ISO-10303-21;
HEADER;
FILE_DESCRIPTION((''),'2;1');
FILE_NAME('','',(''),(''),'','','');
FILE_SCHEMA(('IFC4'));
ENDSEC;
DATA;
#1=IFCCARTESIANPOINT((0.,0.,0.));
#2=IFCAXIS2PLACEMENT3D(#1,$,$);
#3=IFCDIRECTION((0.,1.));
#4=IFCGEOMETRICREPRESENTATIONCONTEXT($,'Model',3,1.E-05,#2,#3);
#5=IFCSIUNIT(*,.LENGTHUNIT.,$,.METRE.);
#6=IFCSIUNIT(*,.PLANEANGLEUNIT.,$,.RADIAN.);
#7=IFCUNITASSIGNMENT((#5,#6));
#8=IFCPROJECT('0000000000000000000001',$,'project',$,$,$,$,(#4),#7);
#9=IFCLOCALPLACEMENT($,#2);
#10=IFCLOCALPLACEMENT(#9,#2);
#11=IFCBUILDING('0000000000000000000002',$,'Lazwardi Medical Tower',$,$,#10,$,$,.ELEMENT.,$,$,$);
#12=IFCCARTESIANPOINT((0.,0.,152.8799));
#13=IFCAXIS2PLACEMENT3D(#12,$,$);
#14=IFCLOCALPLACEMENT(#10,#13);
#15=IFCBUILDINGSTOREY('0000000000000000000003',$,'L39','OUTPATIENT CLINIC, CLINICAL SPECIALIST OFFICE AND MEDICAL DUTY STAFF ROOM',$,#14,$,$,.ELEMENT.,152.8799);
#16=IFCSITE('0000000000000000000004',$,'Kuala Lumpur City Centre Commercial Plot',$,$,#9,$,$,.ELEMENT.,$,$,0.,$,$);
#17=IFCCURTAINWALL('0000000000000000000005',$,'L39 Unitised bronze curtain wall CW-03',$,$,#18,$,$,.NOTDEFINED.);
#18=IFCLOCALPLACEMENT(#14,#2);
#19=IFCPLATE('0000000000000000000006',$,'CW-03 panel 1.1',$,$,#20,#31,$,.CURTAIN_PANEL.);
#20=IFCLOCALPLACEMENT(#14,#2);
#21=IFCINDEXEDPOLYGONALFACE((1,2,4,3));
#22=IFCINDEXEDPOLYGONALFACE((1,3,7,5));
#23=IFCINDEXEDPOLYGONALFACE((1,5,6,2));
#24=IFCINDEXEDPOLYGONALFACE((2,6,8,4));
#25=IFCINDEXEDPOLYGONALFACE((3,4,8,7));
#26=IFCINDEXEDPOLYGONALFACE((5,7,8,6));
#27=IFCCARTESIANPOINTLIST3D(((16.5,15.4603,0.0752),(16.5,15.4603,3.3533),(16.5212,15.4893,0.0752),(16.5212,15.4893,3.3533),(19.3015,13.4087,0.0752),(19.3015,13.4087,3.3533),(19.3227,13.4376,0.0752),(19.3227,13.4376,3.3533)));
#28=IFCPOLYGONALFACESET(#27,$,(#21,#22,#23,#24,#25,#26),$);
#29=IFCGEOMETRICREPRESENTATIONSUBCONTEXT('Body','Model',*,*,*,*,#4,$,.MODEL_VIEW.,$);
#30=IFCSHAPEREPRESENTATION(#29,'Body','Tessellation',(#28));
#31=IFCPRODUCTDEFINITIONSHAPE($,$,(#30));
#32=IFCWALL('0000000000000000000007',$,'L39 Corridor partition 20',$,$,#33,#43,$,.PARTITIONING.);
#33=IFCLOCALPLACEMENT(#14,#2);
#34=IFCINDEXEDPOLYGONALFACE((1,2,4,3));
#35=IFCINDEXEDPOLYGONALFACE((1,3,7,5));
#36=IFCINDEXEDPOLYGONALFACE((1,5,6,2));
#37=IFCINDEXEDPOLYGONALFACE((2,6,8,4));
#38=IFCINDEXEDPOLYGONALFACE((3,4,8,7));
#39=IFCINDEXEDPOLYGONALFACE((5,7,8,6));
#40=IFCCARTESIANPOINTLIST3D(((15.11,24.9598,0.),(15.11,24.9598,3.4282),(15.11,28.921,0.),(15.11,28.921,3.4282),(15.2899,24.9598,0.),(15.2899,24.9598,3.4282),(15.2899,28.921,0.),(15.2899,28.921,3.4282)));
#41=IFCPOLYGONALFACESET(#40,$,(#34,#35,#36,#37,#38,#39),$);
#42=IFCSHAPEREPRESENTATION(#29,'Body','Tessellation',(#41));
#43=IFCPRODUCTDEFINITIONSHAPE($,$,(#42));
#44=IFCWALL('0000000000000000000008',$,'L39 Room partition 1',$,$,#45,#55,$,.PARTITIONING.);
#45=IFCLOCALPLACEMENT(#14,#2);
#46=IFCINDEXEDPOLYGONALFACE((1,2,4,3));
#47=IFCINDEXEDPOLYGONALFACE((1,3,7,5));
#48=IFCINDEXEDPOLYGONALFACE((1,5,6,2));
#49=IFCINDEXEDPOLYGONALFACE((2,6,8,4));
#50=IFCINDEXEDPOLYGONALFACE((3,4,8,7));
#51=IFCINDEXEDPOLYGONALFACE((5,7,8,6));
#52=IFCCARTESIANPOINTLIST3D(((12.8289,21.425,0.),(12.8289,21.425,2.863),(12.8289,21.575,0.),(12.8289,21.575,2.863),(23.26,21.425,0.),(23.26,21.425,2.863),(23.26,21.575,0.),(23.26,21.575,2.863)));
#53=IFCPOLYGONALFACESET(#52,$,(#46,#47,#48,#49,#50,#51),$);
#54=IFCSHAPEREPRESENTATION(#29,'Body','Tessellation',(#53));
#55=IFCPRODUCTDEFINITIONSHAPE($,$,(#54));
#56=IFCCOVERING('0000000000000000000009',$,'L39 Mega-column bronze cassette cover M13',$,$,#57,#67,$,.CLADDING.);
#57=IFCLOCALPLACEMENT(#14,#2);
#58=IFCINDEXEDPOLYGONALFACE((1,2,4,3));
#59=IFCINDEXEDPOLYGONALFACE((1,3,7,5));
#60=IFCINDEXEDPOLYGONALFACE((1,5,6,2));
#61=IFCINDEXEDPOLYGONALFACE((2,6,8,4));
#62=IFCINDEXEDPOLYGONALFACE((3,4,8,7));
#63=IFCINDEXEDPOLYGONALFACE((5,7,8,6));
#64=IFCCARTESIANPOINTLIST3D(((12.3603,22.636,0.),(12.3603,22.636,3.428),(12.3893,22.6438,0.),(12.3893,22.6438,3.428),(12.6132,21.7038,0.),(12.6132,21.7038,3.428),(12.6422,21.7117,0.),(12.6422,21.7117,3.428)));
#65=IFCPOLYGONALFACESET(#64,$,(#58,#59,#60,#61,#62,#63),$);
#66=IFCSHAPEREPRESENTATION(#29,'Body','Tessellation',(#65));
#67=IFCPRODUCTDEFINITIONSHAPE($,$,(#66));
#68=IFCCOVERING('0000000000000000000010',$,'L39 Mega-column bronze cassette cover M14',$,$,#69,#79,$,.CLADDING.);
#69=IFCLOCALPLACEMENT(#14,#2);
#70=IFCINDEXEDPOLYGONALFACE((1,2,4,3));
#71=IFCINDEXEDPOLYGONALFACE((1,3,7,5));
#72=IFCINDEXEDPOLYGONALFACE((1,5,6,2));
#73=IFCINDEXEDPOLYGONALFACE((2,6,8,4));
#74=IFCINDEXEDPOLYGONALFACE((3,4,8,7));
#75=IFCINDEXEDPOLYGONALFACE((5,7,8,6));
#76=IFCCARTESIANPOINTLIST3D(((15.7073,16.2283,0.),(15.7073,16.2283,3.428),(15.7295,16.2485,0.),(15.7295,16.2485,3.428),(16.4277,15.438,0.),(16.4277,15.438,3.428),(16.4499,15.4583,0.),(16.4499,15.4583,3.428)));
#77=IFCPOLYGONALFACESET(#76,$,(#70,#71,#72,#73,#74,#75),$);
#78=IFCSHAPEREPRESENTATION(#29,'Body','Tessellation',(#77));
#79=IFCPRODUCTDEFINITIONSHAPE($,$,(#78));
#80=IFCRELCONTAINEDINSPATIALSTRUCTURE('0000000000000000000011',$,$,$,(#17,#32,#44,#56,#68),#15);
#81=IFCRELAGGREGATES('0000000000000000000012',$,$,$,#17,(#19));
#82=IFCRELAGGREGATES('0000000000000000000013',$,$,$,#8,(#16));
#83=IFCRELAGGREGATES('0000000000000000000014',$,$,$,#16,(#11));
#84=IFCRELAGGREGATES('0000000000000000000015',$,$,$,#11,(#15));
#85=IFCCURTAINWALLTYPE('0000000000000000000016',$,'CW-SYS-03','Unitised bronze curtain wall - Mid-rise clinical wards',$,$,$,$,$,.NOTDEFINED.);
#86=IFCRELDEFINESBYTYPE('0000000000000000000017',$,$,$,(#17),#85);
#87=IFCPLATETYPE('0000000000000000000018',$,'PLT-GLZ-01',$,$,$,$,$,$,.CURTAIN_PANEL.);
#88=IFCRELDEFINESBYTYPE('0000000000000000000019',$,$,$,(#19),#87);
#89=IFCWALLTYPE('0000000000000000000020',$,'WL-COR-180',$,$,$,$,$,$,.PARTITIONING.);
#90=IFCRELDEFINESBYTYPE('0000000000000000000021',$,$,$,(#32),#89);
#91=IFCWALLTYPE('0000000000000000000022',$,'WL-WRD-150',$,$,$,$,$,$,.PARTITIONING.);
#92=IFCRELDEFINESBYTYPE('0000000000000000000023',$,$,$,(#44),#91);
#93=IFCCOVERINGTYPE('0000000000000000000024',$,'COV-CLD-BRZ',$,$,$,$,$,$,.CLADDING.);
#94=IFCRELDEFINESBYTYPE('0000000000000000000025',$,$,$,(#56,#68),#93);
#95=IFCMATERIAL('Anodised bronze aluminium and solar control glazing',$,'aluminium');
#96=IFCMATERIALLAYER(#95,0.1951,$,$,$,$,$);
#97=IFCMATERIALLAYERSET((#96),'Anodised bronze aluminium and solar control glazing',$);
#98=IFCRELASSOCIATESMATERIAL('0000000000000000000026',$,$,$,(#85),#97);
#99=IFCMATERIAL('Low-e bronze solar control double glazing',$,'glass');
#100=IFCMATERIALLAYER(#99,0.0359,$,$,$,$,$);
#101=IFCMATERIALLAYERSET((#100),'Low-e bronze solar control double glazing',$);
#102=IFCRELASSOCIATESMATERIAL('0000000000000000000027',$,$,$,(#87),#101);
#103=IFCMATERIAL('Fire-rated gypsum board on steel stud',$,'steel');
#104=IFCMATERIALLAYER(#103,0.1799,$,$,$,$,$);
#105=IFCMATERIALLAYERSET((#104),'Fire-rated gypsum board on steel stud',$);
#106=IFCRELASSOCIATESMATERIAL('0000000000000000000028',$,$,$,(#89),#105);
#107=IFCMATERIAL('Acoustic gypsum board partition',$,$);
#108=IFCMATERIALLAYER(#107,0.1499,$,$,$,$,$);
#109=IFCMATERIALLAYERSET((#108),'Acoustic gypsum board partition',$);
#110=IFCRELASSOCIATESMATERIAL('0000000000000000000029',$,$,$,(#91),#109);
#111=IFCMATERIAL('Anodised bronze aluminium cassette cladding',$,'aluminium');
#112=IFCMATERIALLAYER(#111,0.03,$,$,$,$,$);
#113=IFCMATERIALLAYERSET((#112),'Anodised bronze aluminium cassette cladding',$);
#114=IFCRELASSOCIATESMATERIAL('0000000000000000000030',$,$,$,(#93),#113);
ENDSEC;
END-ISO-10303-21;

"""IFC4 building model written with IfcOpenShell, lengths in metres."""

from ifc_helpers import new_model, si_unit, direction, frame, frame_2d, origin, origin_2d, place, context, subcontext, project, spatial, rectangle, extrude, material, layer, layer_set, type_object, element, aggregate, save


model = new_model("IFC4")

# Units and contexts
model_context = context("Model", 3, precision=1e-05, world=origin(), true_north=direction((0.0, 1.0)))
body_context = subcontext(model_context, "Body", "Model", "MODEL_VIEW")
ifc_project = project(units=[si_unit("LENGTHUNIT", "METRE"), si_unit("PLANEANGLEUNIT", "RADIAN")], contexts=[model_context])

# Site, building, storey
site_placement = place(None, origin())
site = spatial("IfcSite", under=ifc_project, at=site_placement, Name="Kuala Lumpur City Centre Commercial Plot", CompositionType="ELEMENT", RefElevation=0.0)
building_placement = place(site_placement, origin())
building = spatial("IfcBuilding", under=site, at=building_placement, Name="Lazwardi Medical Tower", CompositionType="ELEMENT")
storey_placement = place(building_placement, frame((0.0, 0.0, 152.8799)))
storey = spatial("IfcBuildingStorey", under=building, at=storey_placement, Name="L39", Description="OUTPATIENT CLINIC, CLINICAL SPECIALIST OFFICE AND MEDICAL DUTY STAFF ROOM", CompositionType="ELEMENT", Elevation=152.8799)

# Shared definitions
ifc_material_1 = material(Name="Anodised bronze aluminium and solar control glazing", Category="aluminium")
ifc_layer_1 = layer(ifc_material_1, 0.1951)
ifc_layer_set_1 = layer_set([ifc_layer_1], Name="Anodised bronze aluminium and solar control glazing")
curtain_wall_type = type_object("IfcCurtainWallType", Name="CW-SYS-03", Description="Unitised bronze curtain wall - Mid-rise clinical wards", PredefinedType="NOTDEFINED", material=ifc_layer_set_1)

# Curtain wall
curtain_wall_1_placement = place(storey_placement, origin())
curtain_wall_1 = element("IfcCurtainWall", 1, at=curtain_wall_1_placement, inside=storey, type_object=curtain_wall_type, Name="L39 Unitised bronze curtain wall CW-03", PredefinedType="NOTDEFINED")

# Plate
ifc_material_2 = material(Name="Low-e bronze solar control double glazing", Category="glass")
ifc_layer_2 = layer(ifc_material_2, 0.0359)
ifc_layer_set_2 = layer_set([ifc_layer_2], Name="Low-e bronze solar control double glazing")
plate_type = type_object("IfcPlateType", Name="PLT-GLZ-01", PredefinedType="CURTAIN_PANEL", material=ifc_layer_set_2)
plate_1_placement = place(storey_placement, frame((17.9114, 14.449, 0.0752), z_axis=(0.0, 0.0, 1.0), x_axis=(0.806793, -0.590834, 0.0)))
plate_1 = element("IfcPlate", 2, at=plate_1_placement, type_object=plate_type, Name="CW-03 panel 1.1", PredefinedType="CURTAIN_PANEL", context=body_context, shape_type="SweptSolid", body=[
    extrude(rectangle(XDim=3.4724, YDim=0.0359, at=origin_2d()), origin(), (0.0, 0.0, 1.0), 3.2781),
])
aggregate(curtain_wall_1, [plate_1])

# Walls
ifc_material_3 = material(Name="Fire-rated gypsum board on steel stud", Category="steel")
ifc_layer_3 = layer(ifc_material_3, 0.1799)
ifc_layer_set_3 = layer_set([ifc_layer_3], Name="Fire-rated gypsum board on steel stud")
wall_type_1 = type_object("IfcWallType", Name="WL-COR-180", PredefinedType="PARTITIONING", material=ifc_layer_set_3)
wall_1_placement = place(storey_placement, frame((15.2, 24.96, 0.0), z_axis=(0.0, 0.0, 1.0), x_axis=(0.0, 1.0, 0.0)))
element("IfcWall", 3, at=wall_1_placement, inside=storey, type_object=wall_type_1, Name="L39 Corridor partition 20", PredefinedType="PARTITIONING", context=body_context, shape_type="SweptSolid", body=[
    extrude(rectangle(XDim=3.9612, YDim=0.1799, at=frame_2d((1.9805, 0.0))), origin(), (0.0, 0.0, 1.0), 3.4282),
])
ifc_material_4 = material(Name="Acoustic gypsum board partition")
ifc_layer_4 = layer(ifc_material_4, 0.1499)
ifc_layer_set_4 = layer_set([ifc_layer_4], Name="Acoustic gypsum board partition")
wall_type_2 = type_object("IfcWallType", Name="WL-WRD-150", PredefinedType="PARTITIONING", material=ifc_layer_set_4)
wall_2_placement = place(storey_placement, frame((12.8289, 21.5, 0.0), z_axis=(0.0, 0.0, 1.0), x_axis=(1.0, 0.0, 0.0)))
element("IfcWall", 4, at=wall_2_placement, inside=storey, type_object=wall_type_2, Name="L39 Room partition 1", PredefinedType="PARTITIONING", context=body_context, shape_type="SweptSolid", body=[
    extrude(rectangle(XDim=10.4312, YDim=0.1499, at=frame_2d((5.2156, 0.0))), origin(), (0.0, 0.0, 1.0), 2.863),
])

# Coverings
ifc_material_5 = material(Name="Anodised bronze aluminium cassette cladding", Category="aluminium")
ifc_layer_5 = layer(ifc_material_5, 0.03)
ifc_layer_set_5 = layer_set([ifc_layer_5], Name="Anodised bronze aluminium cassette cladding")
covering_type = type_object("IfcCoveringType", Name="COV-CLD-BRZ", PredefinedType="CLADDING", material=ifc_layer_set_5)
covering_1_placement = place(storey_placement, frame((12.5012, 22.1738, 0.0), z_axis=(0.0, 0.0, 1.0), x_axis=(0.261829, -0.965114, 0.0)))
element("IfcCovering", 5, at=covering_1_placement, inside=storey, type_object=covering_type, Name="L39 Mega-column bronze cassette cover M13", PredefinedType="CLADDING", context=body_context, shape_type="SweptSolid", body=[
    extrude(rectangle(XDim=0.9658, YDim=0.03, at=origin_2d()), origin(), (0.0, 0.0, 1.0), 3.428),
])
covering_2_placement = place(storey_placement, frame((16.0786, 15.8433, 0.0), z_axis=(0.0, 0.0, 1.0), x_axis=(0.673714, -0.738992, 0.0)))
element("IfcCovering", 6, at=covering_2_placement, inside=storey, type_object=covering_type, Name="L39 Mega-column bronze cassette cover M14", PredefinedType="CLADDING", context=body_context, shape_type="SweptSolid", body=[
    extrude(rectangle(XDim=1.0693, YDim=0.03, at=origin_2d()), origin(), (0.0, 0.0, 1.0), 3.428),
])

save(model, "model.ifc")
